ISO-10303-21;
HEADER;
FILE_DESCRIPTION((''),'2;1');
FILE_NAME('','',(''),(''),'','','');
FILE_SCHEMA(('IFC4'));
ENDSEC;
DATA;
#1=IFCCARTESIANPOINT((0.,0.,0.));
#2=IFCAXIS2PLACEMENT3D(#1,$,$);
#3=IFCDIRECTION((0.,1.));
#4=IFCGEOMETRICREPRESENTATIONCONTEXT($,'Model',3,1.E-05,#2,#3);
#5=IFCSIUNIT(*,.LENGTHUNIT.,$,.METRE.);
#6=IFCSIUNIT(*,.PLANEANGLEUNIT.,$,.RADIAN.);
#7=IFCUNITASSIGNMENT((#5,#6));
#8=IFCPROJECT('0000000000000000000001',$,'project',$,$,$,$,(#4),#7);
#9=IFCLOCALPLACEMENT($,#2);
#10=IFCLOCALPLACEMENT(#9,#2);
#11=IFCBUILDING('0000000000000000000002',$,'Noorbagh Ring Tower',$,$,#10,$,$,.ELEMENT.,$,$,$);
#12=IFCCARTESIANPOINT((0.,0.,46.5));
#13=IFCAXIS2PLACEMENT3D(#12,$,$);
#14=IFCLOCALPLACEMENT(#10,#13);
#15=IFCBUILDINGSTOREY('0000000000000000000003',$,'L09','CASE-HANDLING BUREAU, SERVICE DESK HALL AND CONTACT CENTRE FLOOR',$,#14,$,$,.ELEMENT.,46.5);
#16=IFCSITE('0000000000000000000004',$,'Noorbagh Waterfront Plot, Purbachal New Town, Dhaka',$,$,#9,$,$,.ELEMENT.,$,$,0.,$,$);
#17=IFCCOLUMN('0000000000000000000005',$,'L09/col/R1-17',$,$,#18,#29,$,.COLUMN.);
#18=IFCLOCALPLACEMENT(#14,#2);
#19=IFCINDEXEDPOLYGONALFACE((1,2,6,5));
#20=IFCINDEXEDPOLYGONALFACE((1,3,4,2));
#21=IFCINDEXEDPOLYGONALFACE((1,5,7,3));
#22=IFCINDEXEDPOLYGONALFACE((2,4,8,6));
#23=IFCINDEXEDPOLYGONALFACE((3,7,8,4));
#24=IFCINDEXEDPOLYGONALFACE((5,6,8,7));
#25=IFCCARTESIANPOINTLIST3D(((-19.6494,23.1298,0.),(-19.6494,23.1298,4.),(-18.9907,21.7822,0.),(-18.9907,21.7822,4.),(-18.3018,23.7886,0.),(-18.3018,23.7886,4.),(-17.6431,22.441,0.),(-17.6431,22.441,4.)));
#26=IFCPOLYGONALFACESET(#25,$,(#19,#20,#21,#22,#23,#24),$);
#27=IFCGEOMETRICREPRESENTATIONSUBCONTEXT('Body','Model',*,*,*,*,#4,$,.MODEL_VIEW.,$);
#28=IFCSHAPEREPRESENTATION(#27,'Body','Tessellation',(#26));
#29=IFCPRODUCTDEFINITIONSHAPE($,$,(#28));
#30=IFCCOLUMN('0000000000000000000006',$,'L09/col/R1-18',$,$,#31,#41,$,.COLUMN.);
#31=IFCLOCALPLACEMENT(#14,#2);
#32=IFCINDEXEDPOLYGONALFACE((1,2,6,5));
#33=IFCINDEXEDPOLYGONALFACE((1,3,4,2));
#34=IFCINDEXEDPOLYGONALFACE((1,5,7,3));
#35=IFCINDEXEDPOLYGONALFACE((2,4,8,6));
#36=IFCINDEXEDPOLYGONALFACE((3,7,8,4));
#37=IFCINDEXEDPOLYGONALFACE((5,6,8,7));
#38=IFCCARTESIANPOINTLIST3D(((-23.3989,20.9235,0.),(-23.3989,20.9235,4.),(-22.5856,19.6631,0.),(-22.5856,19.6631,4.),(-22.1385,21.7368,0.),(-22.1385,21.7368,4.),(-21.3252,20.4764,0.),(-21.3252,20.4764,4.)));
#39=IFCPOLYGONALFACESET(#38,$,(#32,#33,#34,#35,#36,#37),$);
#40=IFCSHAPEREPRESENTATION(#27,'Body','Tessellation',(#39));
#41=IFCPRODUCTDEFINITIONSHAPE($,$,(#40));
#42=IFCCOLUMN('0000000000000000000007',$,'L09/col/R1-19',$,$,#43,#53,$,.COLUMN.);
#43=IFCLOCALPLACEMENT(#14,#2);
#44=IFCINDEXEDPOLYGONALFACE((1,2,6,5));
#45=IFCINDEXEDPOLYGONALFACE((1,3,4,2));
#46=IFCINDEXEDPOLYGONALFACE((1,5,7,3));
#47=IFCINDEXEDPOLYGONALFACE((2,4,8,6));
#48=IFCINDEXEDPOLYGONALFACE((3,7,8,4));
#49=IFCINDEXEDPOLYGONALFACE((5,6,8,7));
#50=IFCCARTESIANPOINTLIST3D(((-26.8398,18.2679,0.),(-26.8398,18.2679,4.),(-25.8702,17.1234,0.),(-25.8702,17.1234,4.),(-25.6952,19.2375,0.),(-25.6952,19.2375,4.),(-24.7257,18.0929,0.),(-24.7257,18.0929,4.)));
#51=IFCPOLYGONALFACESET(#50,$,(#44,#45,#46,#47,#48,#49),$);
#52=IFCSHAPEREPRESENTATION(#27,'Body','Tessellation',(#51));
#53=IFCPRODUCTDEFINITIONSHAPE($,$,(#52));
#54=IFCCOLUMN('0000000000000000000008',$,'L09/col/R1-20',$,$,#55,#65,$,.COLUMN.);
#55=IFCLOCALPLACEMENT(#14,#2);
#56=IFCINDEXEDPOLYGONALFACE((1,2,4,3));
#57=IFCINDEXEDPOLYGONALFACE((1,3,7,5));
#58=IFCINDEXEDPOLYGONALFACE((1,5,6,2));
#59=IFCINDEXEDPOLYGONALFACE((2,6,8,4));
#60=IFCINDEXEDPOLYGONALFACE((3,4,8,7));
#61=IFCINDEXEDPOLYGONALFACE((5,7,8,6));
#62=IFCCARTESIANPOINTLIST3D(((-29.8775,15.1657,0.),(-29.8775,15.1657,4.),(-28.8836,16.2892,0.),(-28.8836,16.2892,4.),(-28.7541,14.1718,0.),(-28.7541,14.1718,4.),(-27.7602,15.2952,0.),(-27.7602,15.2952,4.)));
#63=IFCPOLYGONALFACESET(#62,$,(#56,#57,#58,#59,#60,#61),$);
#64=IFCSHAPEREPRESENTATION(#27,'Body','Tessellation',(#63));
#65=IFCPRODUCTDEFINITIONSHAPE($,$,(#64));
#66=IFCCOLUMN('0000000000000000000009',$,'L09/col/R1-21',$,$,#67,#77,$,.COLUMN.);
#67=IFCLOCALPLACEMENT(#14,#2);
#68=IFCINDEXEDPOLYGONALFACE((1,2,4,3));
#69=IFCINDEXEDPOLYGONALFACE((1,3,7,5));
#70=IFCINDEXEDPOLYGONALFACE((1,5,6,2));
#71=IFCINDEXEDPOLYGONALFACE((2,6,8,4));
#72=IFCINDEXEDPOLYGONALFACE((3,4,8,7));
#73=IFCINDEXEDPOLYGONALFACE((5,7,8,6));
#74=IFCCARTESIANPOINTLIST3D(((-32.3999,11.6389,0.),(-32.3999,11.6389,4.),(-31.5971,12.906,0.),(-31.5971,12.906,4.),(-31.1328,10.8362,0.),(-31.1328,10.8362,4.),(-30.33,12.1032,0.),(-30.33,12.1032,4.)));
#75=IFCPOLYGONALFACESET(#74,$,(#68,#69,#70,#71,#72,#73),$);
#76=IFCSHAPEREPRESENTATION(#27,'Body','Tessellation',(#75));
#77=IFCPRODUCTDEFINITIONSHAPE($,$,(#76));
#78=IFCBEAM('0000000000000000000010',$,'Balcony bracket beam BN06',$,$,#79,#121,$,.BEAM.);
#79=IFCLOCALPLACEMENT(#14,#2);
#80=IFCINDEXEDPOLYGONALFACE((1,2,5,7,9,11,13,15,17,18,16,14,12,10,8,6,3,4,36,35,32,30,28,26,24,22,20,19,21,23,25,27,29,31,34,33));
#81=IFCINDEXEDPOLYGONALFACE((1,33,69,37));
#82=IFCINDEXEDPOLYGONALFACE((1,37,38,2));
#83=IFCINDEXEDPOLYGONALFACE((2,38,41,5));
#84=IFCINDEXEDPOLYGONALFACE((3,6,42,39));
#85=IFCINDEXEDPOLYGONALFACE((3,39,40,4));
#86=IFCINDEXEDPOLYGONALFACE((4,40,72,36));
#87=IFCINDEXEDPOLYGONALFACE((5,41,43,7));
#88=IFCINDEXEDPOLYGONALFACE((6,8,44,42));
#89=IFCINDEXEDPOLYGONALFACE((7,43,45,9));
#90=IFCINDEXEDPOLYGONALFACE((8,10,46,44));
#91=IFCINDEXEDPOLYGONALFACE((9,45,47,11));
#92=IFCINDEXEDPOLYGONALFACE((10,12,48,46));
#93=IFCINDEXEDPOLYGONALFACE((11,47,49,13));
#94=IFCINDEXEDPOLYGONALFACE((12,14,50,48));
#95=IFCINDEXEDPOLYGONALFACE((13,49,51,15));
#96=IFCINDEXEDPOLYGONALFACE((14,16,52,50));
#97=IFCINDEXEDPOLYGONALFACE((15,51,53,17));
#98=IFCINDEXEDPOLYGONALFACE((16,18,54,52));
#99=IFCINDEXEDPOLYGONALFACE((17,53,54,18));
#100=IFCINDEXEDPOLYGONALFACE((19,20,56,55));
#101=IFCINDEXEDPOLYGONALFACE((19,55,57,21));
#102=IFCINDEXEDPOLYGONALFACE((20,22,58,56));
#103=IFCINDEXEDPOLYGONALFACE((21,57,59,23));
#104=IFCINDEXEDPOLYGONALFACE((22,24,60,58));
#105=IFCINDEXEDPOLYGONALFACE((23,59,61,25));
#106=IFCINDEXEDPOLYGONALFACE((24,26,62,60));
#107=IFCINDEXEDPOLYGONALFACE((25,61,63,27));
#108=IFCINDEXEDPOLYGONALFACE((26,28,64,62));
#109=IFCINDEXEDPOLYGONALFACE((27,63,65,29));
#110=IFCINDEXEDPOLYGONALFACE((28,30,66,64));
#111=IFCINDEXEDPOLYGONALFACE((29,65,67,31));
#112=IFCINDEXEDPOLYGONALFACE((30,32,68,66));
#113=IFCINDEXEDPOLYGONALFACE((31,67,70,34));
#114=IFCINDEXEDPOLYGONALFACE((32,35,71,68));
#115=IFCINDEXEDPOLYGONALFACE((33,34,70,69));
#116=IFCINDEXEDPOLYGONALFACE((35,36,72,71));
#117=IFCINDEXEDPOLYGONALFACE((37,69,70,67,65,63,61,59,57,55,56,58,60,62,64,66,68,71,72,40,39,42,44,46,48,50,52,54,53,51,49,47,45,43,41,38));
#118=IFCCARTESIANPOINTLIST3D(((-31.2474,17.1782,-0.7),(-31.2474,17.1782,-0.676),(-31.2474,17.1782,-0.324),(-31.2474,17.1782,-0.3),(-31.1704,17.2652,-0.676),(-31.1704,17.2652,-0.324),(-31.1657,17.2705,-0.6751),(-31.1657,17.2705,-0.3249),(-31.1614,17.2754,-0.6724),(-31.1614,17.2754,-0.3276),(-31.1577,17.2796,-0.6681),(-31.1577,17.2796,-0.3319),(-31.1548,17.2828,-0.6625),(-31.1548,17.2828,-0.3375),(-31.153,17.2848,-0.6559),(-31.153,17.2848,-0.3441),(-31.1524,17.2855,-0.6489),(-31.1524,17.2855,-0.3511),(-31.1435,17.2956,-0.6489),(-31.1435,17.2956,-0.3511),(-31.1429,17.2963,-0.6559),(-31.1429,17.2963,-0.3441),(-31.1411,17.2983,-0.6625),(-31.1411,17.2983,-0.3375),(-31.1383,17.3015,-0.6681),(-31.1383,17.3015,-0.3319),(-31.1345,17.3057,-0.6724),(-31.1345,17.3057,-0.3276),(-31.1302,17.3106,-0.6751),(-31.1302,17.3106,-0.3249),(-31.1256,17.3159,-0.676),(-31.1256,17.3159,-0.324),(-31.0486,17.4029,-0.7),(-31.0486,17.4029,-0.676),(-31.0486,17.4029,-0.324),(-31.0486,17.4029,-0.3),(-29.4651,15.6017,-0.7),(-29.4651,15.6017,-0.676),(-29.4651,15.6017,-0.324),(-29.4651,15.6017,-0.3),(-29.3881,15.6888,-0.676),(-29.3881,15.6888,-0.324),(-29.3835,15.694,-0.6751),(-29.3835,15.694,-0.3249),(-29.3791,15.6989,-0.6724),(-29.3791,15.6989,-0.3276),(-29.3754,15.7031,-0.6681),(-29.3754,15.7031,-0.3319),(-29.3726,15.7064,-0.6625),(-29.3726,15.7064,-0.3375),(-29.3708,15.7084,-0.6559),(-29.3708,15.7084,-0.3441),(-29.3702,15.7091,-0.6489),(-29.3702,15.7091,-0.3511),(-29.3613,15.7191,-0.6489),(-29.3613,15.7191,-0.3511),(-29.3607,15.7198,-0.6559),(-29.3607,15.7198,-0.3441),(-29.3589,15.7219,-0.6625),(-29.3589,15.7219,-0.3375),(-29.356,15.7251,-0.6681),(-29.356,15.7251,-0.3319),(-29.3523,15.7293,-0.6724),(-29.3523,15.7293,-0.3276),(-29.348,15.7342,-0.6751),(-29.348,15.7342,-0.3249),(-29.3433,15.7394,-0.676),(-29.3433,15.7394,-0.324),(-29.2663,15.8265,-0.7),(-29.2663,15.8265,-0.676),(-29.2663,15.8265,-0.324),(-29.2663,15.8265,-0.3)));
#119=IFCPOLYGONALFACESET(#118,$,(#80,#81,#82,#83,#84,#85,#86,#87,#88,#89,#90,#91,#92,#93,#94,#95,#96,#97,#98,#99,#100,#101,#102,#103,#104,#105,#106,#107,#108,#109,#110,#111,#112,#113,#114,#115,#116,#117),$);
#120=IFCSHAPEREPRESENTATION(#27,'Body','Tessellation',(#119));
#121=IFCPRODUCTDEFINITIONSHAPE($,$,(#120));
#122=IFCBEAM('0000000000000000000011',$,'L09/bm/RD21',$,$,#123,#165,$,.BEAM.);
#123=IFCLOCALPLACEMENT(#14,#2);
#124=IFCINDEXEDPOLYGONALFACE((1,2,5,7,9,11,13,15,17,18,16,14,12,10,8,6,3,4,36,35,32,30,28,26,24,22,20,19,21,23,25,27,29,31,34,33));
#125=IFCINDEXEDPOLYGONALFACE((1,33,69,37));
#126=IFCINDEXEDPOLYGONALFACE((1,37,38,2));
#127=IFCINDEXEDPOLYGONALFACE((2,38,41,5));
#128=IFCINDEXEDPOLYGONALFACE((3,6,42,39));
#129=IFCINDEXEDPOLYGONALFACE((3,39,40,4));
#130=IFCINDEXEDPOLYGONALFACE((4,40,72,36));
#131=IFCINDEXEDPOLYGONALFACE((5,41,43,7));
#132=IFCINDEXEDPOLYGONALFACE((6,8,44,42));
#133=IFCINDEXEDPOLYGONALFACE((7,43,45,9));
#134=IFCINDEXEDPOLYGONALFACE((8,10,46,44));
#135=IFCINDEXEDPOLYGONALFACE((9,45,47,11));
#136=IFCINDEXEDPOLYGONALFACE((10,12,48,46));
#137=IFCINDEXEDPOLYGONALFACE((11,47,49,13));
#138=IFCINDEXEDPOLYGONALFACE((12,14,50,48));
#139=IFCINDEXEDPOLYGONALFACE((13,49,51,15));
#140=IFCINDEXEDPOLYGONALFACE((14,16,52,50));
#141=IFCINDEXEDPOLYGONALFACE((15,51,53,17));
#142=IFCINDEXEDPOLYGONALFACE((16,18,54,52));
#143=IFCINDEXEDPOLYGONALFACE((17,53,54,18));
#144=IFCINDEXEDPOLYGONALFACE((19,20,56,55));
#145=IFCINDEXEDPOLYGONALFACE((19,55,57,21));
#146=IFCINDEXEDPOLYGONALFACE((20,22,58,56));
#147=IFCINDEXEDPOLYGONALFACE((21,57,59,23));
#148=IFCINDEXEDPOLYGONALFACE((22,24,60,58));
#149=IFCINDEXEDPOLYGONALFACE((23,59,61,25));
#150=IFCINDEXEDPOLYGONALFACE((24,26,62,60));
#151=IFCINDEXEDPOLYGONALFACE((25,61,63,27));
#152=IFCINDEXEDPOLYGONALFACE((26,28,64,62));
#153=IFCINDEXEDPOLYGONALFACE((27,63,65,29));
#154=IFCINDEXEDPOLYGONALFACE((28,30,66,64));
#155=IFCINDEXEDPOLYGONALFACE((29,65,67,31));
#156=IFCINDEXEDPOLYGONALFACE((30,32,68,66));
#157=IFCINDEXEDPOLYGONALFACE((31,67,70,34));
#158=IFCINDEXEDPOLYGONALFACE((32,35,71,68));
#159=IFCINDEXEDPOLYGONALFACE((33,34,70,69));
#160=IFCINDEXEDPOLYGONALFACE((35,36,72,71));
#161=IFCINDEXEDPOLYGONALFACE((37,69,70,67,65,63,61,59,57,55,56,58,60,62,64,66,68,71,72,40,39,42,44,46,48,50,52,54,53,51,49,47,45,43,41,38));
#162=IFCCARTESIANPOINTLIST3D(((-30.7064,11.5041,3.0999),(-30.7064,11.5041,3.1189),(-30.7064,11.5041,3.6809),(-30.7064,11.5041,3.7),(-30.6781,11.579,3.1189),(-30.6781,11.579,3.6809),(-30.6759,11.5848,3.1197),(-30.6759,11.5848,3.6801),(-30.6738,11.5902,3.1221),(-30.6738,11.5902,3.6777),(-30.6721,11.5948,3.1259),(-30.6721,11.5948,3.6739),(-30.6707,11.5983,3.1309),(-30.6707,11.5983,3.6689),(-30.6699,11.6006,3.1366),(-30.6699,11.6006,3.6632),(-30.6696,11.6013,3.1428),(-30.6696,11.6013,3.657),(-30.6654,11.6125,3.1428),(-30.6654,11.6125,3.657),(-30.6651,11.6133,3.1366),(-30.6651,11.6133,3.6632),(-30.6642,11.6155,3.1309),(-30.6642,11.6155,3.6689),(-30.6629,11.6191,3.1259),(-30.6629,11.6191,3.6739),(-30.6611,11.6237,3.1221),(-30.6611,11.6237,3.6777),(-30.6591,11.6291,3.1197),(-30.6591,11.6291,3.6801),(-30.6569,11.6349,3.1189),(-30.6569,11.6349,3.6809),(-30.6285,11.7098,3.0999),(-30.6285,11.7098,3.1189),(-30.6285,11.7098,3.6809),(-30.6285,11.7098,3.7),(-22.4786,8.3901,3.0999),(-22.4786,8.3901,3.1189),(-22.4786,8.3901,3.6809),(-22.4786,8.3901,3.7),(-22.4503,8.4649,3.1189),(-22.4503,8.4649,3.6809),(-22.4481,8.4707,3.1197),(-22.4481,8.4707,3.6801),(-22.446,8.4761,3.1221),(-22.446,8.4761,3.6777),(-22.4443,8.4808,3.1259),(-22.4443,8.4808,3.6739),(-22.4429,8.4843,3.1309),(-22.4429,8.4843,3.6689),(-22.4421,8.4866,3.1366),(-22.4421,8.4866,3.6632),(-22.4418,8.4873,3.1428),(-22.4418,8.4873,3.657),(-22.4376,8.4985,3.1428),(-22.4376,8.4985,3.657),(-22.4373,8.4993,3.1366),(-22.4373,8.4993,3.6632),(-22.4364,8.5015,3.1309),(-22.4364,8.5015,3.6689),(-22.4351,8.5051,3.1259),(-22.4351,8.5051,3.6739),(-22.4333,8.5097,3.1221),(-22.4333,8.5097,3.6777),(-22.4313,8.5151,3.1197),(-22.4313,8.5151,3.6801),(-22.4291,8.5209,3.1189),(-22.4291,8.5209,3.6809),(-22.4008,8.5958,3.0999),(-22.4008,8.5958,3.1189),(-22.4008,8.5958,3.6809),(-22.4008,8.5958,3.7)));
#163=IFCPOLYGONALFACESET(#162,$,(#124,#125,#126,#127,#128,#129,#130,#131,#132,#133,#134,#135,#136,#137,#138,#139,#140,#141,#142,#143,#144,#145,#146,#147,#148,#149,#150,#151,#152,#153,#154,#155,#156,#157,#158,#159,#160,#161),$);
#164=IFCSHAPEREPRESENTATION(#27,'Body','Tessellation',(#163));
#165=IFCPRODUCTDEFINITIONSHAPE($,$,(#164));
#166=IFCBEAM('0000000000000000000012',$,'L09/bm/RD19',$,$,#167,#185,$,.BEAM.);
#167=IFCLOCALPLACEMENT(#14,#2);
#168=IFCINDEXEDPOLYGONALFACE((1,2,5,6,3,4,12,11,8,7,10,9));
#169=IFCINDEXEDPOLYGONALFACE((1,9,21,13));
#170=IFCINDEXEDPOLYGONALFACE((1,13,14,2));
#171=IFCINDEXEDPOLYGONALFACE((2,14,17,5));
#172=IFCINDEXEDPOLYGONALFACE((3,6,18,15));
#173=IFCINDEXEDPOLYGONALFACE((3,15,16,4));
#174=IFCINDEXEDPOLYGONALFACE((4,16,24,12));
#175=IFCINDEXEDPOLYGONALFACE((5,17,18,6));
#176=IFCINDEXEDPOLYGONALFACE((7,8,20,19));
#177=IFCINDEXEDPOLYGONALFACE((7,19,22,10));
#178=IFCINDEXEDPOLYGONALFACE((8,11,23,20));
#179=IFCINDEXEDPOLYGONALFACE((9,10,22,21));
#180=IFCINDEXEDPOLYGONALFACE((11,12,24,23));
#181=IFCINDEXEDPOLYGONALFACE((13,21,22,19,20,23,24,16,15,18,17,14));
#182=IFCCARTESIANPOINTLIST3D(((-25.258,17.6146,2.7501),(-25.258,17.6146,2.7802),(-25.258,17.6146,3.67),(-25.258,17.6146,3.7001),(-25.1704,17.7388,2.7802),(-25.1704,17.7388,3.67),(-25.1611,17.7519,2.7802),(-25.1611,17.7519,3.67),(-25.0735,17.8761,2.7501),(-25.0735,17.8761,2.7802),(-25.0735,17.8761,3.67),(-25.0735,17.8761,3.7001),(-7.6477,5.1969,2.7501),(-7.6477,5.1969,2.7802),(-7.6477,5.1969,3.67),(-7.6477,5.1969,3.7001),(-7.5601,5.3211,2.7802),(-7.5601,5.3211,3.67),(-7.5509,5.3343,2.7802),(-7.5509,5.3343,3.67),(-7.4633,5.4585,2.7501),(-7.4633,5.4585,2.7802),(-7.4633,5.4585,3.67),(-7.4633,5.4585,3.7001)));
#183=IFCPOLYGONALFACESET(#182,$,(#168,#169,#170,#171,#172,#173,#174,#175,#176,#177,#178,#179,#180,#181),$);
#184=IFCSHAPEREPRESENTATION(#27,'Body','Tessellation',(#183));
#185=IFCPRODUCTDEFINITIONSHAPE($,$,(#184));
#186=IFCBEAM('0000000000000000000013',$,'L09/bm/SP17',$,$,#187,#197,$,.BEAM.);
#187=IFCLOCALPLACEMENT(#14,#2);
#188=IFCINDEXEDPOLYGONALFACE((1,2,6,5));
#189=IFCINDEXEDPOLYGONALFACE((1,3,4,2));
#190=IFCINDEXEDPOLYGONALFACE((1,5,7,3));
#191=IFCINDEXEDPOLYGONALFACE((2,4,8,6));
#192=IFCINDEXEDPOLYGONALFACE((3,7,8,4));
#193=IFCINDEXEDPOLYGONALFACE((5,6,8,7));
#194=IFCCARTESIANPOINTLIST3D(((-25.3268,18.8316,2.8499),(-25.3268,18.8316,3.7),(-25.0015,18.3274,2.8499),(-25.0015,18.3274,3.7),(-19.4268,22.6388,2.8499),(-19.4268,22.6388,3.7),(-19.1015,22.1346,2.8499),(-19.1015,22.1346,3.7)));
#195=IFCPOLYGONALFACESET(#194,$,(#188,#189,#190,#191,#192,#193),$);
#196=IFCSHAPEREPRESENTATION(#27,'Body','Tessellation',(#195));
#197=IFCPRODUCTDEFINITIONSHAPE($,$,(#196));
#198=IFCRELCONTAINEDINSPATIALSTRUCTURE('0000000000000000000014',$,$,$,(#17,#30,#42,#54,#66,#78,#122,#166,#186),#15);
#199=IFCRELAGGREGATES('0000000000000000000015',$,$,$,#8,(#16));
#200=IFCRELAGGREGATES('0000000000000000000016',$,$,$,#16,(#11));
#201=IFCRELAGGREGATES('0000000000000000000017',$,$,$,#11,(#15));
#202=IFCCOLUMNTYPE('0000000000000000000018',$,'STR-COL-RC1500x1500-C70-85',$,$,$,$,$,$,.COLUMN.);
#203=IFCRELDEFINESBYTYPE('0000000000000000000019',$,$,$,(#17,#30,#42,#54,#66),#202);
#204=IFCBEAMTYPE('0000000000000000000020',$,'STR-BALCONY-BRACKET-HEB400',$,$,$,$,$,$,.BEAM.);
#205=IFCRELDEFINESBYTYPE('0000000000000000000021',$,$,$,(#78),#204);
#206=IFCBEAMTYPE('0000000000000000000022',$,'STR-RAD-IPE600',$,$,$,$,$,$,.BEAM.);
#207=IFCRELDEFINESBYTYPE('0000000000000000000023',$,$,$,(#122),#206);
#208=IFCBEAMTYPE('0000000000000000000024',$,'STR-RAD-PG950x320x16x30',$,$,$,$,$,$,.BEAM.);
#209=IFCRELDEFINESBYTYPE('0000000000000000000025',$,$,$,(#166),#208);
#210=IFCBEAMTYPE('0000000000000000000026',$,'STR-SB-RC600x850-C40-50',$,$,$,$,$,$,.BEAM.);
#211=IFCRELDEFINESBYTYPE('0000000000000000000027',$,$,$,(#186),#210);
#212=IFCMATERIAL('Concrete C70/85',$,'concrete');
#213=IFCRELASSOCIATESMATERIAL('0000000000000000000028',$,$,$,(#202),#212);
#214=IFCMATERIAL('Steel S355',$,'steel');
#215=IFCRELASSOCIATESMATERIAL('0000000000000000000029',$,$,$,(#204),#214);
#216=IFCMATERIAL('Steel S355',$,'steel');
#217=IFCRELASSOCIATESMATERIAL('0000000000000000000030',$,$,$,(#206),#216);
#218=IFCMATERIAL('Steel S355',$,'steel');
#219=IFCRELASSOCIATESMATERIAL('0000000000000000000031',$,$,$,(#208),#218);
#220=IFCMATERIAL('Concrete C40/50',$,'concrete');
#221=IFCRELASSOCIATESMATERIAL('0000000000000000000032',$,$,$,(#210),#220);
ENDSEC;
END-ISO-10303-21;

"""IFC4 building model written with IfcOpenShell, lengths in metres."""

from ifc_helpers import new_model, si_unit, direction, frame, origin, origin_2d, place, context, subcontext, project, spatial, rectangle, i_section, extrude, material, material_profile, profile_set, type_object, element, save


model = new_model("IFC4")

# Units and contexts
model_context = context("Model", 3, precision=1e-05, world=origin(), true_north=direction((0.0, 1.0)))
body_context = subcontext(model_context, "Body", "Model", "MODEL_VIEW")
ifc_project = project(units=[si_unit("LENGTHUNIT", "METRE"), si_unit("PLANEANGLEUNIT", "RADIAN")], contexts=[model_context])

# Site, building, storey
site_placement = place(None, origin())
site = spatial("IfcSite", under=ifc_project, at=site_placement, Name="Noorbagh Waterfront Plot, Purbachal New Town, Dhaka", CompositionType="ELEMENT", RefElevation=0.0)
building_placement = place(site_placement, origin())
building = spatial("IfcBuilding", under=site, at=building_placement, Name="Noorbagh Ring Tower", CompositionType="ELEMENT")
storey_placement = place(building_placement, frame((0.0, 0.0, 46.5)))
storey = spatial("IfcBuildingStorey", under=building, at=storey_placement, Name="L09", Description="CASE-HANDLING BUREAU, SERVICE DESK HALL AND CONTACT CENTRE FLOOR", CompositionType="ELEMENT", Elevation=46.5)

# Columns
ifc_material_1 = material(Name="Concrete C70/85", Category="concrete")
ifc_material_profile_1 = material_profile(ifc_material_1, rectangle(XDim=1.5, YDim=1.5, at=origin_2d()), Name="RC1500x1500")
ifc_profile_set_1 = profile_set([ifc_material_profile_1], Name="Concrete C70/85")
column_type = type_object("IfcColumnType", Name="STR-COL-RC1500x1500-C70-85", PredefinedType="COLUMN", material=ifc_profile_set_1)
for number, where, z_axis, x_axis, name in (
    (1, (-18.6462, 22.7854, 0.0), (0.0, 0.0, 1.0), (-0.898399, -0.43918, 0.0), "L09/col/R1-17"),
    (2, (-22.3621, 20.7, 0.0), (0.0, 0.0, 1.0), (-0.840248, -0.542203, 0.0), "L09/col/R1-18"),
    (3, (-25.7827, 18.1804, 0.0), (0.0, 0.0, 1.0), (-0.763035, -0.646357, 0.0), "L09/col/R1-19"),
    (4, (-28.8188, 15.2305, 0.0), (0.0, 0.0, 1.0), (-0.662636, -0.748942, 0.0), "L09/col/R1-20"),
    (5, (-31.365, 11.8711, 0.0), (0.0, 0.0, 1.0), (-0.53519, -0.844731, 0.0), "L09/col/R1-21"),
):
    element("IfcColumn", number, at=place(storey_placement, frame(where, z_axis=z_axis, x_axis=x_axis)), inside=storey, type_object=column_type, Name=name, PredefinedType="COLUMN", context=body_context, shape_type="SweptSolid", body=[
        extrude(rectangle(XDim=1.5, YDim=1.5, at=origin_2d()), origin(), (0.0, 0.0, 1.0), 4.0),
    ])

# Beams
ifc_material_2 = material(Name="Steel S355", Category="steel")
ifc_material_profile_2 = material_profile(ifc_material_2, i_section(OverallWidth=0.3, OverallDepth=0.3999, WebThickness=0.0134, FlangeThickness=0.0239, FilletRadius=0.0271, at=origin_2d()), Name="HEB400")
ifc_profile_set_2 = profile_set([ifc_material_profile_2], Name="Steel S355")
beam_type_1 = type_object("IfcBeamType", Name="STR-BALCONY-BRACKET-HEB400", PredefinedType="BEAM", material=ifc_profile_set_2)
beam_1_placement = place(storey_placement, frame((-29.3657, 15.7141, -0.5), z_axis=(-0.749032, 0.662534, 0.0), x_axis=(-0.662534, -0.749032, 0.0)))
element("IfcBeam", 6, at=beam_1_placement, inside=storey, type_object=beam_type_1, Name="Balcony bracket beam BN06", PredefinedType="BEAM", context=body_context, shape_type="SweptSolid", body=[
    extrude(i_section(OverallWidth=0.3, OverallDepth=0.3999, WebThickness=0.0134, FlangeThickness=0.0239, FilletRadius=0.0271, at=origin_2d()), origin(), (0.0, 0.0, 1.0), 2.3794),
])
ifc_material_3 = material(Name="Steel S355", Category="steel")
ifc_material_profile_3 = material_profile(ifc_material_3, i_section(OverallWidth=0.22, OverallDepth=0.6001, WebThickness=0.012, FlangeThickness=0.019, FilletRadius=0.0239, at=origin_2d()), Name="IPE600")
ifc_profile_set_3 = profile_set([ifc_material_profile_3], Name="Steel S355")
beam_type_2 = type_object("IfcBeamType", Name="STR-RAD-IPE600", PredefinedType="BEAM", material=ifc_profile_set_3)
beam_2_placement = place(storey_placement, frame((-30.6675, 11.6069, 3.3999), z_axis=(0.935256, -0.353971, 0.0), x_axis=(0.353971, 0.935256, 0.0)))
element("IfcBeam", 7, at=beam_2_placement, inside=storey, type_object=beam_type_2, Name="L09/bm/RD21", PredefinedType="BEAM", context=body_context, shape_type="SweptSolid", body=[
    extrude(i_section(OverallWidth=0.22, OverallDepth=0.6001, WebThickness=0.012, FlangeThickness=0.019, FilletRadius=0.0239, at=origin_2d()), origin(), (0.0, 0.0, 1.0), 8.7974),
])
ifc_material_4 = material(Name="Steel S355", Category="steel")
ifc_material_profile_4 = material_profile(ifc_material_4, i_section(OverallWidth=0.3201, OverallDepth=0.95, WebThickness=0.0161, FlangeThickness=0.03, at=origin_2d()), Name="PG950x320x16x30")
ifc_profile_set_4 = profile_set([ifc_material_profile_4], Name="Steel S355")
beam_type_3 = type_object("IfcBeamType", Name="STR-RAD-PG950x320x16x30", PredefinedType="BEAM", material=ifc_profile_set_4)
beam_3_placement = place(storey_placement, frame((-25.1658, 17.7454, 3.2251), z_axis=(0.817254, -0.576277, 0.0), x_axis=(0.576277, 0.817254, 0.0)))
element("IfcBeam", 8, at=beam_3_placement, inside=storey, type_object=beam_type_3, Name="L09/bm/RD19", PredefinedType="BEAM", context=body_context, shape_type="SweptSolid", body=[
    extrude(i_section(OverallWidth=0.3201, OverallDepth=0.95, WebThickness=0.0161, FlangeThickness=0.03, at=origin_2d()), origin(), (0.0, 0.0, 1.0), 21.5481),
])
ifc_material_5 = material(Name="Concrete C40/50", Category="concrete")
ifc_material_profile_5 = material_profile(ifc_material_5, rectangle(XDim=0.6001, YDim=0.8501, at=origin_2d()), Name="RC600x850")
ifc_profile_set_5 = profile_set([ifc_material_profile_5], Name="Concrete C40/50")
beam_type_4 = type_object("IfcBeamType", Name="STR-SB-RC600x850-C40-50", PredefinedType="BEAM", material=ifc_profile_set_5)
beam_4_placement = place(storey_placement, frame((-19.2642, 22.3867, 3.2749), z_axis=(-0.840249, -0.542201, 0.0), x_axis=(0.542201, -0.840249, 0.0)))
element("IfcBeam", 9, at=beam_4_placement, inside=storey, type_object=beam_type_4, Name="L09/bm/SP17", PredefinedType="BEAM", context=body_context, shape_type="SweptSolid", body=[
    extrude(rectangle(XDim=0.6001, YDim=0.8501, at=origin_2d()), origin(), (0.0, 0.0, 1.0), 7.0217),
])

save(model, "model.ifc")
